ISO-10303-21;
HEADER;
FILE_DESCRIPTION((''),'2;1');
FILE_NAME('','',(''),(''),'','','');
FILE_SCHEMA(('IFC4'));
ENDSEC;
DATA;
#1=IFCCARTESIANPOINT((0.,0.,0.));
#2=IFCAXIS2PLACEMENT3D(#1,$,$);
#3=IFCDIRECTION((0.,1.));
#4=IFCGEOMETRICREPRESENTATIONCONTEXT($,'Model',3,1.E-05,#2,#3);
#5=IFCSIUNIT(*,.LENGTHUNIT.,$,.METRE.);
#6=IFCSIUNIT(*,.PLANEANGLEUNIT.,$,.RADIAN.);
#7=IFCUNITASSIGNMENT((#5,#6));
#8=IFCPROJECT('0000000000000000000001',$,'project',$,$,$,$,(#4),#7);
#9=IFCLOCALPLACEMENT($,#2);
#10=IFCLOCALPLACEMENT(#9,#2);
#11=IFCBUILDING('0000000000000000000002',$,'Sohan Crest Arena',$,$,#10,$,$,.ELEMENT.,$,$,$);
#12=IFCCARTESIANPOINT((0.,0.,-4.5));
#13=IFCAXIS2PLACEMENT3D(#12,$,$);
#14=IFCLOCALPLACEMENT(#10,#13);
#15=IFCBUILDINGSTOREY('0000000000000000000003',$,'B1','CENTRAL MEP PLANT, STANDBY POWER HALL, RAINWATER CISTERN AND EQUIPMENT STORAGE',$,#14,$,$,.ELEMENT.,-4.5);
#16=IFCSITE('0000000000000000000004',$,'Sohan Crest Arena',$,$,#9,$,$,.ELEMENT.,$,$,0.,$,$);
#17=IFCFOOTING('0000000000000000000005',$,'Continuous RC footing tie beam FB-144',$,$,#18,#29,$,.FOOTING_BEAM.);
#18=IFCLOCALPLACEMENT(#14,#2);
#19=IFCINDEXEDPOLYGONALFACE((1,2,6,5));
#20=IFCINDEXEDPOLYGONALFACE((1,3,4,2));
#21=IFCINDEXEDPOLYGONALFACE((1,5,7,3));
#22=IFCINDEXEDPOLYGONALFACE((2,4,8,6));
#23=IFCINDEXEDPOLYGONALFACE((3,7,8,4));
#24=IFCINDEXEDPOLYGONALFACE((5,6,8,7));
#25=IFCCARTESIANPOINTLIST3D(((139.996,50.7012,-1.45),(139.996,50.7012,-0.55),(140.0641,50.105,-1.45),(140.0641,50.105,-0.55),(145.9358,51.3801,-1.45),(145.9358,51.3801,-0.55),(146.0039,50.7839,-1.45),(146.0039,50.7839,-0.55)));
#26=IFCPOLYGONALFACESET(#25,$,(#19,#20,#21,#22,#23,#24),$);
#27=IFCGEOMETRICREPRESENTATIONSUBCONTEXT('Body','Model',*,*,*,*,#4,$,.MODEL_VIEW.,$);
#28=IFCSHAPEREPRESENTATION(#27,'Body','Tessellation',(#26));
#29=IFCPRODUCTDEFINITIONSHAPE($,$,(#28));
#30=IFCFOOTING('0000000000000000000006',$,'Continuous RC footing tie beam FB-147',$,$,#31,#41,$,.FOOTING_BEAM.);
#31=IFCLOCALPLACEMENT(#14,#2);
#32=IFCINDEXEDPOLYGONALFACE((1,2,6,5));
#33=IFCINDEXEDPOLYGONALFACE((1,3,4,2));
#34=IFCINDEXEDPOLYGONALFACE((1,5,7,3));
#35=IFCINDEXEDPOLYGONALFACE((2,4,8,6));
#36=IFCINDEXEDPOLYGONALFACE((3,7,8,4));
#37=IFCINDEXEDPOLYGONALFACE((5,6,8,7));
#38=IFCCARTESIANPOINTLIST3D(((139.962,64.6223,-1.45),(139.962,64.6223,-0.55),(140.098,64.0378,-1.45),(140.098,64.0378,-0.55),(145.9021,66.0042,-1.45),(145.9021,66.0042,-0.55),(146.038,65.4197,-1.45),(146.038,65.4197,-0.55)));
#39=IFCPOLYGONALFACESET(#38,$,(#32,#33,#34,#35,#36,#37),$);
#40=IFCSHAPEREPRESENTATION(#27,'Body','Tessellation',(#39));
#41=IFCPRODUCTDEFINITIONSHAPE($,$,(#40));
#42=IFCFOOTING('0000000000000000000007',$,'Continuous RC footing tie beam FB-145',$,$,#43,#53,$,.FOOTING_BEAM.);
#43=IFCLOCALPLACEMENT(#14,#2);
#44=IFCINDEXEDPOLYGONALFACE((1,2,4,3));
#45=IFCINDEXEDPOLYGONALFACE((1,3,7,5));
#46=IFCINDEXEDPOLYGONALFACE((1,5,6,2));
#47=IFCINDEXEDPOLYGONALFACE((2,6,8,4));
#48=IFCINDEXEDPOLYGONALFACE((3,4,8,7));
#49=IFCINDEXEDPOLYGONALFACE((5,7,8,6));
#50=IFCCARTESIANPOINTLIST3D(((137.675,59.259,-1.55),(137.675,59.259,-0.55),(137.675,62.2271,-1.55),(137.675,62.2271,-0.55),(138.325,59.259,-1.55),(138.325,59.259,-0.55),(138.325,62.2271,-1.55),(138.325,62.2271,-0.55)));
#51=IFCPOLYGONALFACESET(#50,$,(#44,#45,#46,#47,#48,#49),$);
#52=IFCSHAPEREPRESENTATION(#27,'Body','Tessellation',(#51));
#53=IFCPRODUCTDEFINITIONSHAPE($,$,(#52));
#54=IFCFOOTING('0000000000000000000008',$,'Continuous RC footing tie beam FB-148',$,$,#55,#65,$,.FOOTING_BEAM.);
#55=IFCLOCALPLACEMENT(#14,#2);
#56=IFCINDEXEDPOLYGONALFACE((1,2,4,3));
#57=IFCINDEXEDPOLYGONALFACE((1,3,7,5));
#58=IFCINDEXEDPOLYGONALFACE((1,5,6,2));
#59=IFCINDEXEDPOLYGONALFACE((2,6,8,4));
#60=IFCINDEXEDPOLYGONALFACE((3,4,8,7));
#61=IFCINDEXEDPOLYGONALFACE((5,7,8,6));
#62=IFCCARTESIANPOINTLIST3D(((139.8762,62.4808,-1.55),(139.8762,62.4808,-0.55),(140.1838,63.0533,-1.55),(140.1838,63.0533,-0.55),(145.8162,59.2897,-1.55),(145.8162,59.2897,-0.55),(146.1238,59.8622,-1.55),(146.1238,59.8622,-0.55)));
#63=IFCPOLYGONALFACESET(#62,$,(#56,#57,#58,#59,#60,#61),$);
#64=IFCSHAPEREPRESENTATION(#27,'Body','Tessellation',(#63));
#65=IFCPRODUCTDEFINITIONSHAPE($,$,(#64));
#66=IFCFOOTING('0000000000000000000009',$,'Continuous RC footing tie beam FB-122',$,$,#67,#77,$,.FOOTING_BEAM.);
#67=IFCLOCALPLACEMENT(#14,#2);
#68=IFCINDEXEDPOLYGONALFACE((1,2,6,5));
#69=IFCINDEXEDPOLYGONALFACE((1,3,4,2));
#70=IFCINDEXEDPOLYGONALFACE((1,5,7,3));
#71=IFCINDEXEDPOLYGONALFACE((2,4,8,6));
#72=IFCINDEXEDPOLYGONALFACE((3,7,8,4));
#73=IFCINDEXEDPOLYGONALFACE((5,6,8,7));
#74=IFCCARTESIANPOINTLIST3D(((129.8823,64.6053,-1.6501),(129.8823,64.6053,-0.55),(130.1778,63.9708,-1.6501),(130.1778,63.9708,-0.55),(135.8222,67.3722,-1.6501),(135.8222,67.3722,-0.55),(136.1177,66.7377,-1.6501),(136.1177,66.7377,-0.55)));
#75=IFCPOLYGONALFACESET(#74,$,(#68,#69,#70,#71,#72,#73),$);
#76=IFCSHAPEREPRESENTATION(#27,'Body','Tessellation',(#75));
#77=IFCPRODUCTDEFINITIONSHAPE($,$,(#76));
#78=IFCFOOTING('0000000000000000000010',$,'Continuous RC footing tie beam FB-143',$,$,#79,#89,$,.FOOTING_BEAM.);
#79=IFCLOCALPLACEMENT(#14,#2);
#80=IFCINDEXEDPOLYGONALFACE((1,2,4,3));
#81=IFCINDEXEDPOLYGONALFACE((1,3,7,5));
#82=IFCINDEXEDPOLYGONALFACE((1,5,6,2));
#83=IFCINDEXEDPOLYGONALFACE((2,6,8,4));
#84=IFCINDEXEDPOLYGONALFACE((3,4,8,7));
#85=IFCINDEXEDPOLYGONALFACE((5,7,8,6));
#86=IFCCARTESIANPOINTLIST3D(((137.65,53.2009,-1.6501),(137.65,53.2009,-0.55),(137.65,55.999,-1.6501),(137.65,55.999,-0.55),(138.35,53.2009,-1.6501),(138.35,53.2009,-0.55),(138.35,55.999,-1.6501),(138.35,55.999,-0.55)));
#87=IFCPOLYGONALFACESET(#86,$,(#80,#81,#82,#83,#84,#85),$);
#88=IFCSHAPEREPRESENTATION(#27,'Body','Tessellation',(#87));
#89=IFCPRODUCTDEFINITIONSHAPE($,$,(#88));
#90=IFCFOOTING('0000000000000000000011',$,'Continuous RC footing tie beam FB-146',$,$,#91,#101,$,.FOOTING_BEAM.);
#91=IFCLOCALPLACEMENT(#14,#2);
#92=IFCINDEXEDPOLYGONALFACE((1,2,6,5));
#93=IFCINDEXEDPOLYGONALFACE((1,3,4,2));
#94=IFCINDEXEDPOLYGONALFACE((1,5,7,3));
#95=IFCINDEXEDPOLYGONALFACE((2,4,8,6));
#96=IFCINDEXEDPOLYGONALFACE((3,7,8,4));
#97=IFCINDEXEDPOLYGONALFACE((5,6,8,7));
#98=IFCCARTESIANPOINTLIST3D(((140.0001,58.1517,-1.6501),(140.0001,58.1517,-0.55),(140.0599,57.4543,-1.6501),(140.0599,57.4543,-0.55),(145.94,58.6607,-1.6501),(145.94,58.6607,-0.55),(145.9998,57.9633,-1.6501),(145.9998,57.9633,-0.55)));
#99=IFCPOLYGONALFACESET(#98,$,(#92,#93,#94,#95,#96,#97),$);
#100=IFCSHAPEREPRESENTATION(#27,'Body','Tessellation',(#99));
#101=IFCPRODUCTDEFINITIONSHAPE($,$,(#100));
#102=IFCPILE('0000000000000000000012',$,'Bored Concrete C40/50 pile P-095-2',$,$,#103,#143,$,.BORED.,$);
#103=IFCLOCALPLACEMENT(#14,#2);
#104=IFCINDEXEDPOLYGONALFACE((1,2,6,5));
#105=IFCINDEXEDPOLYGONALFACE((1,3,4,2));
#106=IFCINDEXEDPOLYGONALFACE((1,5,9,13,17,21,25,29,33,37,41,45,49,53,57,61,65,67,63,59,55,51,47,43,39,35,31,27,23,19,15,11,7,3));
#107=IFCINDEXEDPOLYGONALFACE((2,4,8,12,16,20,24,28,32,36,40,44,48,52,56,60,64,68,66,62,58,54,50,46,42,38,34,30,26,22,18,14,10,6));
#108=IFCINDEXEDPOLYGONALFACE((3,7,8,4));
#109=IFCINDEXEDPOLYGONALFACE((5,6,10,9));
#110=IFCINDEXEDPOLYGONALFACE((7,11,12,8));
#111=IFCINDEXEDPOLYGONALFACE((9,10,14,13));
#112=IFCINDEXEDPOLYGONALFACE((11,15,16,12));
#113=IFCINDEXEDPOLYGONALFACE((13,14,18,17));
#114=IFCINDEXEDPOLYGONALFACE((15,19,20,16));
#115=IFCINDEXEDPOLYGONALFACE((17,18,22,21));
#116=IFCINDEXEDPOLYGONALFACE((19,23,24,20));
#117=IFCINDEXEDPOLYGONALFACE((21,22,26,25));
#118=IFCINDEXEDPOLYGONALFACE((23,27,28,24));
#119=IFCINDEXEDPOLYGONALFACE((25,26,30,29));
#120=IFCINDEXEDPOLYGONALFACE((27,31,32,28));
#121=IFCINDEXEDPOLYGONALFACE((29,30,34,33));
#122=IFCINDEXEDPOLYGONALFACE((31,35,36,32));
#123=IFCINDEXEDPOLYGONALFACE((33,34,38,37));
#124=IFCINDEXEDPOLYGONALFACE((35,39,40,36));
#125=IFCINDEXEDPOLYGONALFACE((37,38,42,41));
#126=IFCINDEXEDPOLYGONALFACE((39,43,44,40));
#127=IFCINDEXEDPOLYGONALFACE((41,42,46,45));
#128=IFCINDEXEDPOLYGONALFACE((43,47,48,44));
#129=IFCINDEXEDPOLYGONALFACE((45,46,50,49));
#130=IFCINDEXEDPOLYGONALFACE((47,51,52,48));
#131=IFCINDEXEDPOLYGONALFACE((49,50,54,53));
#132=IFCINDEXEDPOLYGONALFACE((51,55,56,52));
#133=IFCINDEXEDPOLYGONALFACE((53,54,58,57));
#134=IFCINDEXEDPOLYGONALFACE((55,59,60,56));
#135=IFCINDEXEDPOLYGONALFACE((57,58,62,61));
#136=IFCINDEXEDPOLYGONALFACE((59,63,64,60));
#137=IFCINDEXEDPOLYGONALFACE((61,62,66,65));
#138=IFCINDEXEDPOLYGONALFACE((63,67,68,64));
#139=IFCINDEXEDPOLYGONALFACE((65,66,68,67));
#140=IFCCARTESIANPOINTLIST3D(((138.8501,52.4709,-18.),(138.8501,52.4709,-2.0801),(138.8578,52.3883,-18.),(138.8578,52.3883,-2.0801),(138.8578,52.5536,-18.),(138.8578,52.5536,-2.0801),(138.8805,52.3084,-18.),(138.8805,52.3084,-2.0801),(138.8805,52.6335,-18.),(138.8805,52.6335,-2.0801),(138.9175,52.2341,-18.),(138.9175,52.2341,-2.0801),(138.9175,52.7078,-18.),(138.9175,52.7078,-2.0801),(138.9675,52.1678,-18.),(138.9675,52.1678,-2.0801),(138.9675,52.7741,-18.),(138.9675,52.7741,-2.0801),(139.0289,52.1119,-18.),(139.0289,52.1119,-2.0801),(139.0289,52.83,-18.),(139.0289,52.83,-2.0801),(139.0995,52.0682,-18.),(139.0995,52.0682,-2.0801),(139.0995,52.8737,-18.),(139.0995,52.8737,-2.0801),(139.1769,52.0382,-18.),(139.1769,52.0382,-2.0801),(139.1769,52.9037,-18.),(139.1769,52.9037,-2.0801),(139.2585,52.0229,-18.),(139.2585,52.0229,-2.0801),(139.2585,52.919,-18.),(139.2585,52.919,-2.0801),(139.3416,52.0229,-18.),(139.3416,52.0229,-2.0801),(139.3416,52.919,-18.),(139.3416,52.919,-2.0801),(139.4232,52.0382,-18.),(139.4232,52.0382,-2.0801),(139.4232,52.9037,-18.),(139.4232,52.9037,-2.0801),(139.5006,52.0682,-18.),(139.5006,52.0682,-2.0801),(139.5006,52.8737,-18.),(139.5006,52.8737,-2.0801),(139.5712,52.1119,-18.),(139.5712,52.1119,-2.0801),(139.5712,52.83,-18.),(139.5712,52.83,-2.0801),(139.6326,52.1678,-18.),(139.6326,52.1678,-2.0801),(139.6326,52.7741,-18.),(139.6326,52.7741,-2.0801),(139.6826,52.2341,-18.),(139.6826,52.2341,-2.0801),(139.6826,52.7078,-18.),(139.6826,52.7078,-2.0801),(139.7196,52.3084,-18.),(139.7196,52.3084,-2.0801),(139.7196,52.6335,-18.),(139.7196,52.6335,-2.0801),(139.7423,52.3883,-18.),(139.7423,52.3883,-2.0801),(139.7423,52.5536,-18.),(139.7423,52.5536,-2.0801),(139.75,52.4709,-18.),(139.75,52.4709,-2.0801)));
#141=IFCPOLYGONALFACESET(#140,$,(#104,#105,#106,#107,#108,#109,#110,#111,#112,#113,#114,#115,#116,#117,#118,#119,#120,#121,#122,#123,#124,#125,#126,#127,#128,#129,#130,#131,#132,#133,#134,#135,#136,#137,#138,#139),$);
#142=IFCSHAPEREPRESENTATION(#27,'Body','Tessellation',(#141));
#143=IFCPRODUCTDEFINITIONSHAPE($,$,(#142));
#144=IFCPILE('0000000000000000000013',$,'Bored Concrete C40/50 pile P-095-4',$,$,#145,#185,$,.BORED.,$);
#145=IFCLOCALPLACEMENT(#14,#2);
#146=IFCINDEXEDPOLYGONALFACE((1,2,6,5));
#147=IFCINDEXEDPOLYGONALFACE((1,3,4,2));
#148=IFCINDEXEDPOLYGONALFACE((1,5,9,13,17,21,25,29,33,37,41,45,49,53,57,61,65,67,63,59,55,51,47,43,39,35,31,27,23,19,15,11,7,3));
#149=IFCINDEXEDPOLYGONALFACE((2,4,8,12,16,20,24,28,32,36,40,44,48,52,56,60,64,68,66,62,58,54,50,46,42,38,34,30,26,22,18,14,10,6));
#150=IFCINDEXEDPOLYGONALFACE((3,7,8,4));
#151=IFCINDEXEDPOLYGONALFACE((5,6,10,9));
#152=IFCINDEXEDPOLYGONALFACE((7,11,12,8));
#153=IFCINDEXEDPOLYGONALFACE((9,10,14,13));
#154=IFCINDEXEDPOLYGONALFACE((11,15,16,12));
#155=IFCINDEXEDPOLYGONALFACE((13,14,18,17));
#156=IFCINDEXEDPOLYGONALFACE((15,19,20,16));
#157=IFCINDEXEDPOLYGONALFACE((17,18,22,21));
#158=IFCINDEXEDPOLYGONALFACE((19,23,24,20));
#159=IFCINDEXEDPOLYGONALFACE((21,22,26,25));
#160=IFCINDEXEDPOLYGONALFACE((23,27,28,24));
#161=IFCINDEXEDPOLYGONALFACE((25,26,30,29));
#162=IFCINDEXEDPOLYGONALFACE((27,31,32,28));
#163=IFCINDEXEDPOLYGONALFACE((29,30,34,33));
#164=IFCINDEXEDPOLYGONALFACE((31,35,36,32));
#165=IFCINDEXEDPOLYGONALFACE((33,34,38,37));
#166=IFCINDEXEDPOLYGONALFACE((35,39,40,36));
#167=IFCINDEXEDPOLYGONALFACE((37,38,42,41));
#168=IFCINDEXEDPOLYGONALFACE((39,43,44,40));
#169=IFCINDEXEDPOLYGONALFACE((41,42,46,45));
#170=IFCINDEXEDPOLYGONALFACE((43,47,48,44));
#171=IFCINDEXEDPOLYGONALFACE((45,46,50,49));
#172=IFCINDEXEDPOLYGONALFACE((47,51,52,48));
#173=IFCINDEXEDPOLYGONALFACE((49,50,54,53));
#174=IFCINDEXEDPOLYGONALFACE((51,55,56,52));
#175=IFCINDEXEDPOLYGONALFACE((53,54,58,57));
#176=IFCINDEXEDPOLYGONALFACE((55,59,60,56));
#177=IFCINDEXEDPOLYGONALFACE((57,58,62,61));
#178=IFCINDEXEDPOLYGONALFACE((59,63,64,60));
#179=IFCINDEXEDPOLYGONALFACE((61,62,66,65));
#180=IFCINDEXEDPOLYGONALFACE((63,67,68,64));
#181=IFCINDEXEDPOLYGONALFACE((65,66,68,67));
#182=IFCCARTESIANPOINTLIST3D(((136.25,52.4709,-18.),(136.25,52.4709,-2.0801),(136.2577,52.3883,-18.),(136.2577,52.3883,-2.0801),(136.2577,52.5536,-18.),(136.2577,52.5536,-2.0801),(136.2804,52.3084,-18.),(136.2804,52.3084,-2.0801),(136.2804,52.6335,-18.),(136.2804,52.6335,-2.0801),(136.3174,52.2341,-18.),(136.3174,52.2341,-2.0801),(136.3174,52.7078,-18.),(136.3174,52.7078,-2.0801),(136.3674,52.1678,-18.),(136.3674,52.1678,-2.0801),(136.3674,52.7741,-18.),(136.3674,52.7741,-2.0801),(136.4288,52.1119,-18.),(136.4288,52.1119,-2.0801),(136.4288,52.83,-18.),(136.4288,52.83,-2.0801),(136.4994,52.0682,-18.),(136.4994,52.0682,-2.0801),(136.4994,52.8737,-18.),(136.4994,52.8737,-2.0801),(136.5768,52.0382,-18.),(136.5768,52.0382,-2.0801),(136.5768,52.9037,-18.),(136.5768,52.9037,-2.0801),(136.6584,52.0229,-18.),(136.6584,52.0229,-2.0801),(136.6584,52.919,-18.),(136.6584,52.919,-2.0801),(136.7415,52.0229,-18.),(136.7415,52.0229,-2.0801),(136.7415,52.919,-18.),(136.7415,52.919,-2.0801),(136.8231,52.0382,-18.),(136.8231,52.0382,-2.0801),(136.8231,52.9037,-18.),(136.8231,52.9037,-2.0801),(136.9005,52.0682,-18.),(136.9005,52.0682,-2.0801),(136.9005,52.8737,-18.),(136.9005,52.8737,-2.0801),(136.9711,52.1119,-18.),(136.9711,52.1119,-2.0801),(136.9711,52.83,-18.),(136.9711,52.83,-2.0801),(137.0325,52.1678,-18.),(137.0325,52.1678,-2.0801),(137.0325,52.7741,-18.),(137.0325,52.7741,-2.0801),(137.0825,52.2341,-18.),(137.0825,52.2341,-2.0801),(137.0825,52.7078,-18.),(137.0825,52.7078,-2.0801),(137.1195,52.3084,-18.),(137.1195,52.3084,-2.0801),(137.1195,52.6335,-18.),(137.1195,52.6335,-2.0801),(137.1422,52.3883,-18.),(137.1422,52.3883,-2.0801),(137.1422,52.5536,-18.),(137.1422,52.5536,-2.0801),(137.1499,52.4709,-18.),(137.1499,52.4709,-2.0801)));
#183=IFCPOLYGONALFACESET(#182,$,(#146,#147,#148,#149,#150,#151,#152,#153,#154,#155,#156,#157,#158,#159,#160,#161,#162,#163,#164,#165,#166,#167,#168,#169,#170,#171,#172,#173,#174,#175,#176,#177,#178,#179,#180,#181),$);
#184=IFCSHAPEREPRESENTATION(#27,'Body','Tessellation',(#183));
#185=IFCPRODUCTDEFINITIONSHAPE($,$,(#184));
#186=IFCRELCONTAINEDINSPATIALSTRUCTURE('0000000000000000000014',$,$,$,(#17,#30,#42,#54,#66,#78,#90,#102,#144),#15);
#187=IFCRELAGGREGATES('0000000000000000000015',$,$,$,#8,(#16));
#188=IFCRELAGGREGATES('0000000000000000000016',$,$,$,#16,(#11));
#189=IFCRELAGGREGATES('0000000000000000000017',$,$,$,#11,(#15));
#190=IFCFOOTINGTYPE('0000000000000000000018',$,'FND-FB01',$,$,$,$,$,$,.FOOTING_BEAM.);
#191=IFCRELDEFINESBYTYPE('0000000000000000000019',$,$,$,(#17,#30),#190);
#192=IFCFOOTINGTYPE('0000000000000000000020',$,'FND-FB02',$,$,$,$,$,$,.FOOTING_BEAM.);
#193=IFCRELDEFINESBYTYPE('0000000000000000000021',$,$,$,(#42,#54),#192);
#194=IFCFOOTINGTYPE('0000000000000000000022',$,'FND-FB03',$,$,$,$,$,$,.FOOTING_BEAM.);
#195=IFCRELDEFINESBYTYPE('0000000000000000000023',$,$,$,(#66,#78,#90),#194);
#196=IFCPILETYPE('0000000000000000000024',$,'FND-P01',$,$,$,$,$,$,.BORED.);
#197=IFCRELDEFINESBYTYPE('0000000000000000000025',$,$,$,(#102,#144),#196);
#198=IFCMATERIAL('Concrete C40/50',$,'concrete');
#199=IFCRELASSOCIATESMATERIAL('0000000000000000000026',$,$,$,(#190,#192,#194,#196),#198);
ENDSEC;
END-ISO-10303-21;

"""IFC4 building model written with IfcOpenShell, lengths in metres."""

from ifc_helpers import new_model, si_unit, direction, frame, origin, origin_2d, place, context, subcontext, project, spatial, rectangle, circle, extrude, material, material_profile, profile_set, type_object, element, save


model = new_model("IFC4")

# Units and contexts
model_context = context("Model", 3, precision=1e-05, world=origin(), true_north=direction((0.0, 1.0)))
body_context = subcontext(model_context, "Body", "Model", "MODEL_VIEW")
ifc_project = project(units=[si_unit("LENGTHUNIT", "METRE"), si_unit("PLANEANGLEUNIT", "RADIAN")], contexts=[model_context])

# Site, building, storey
site_placement = place(None, origin())
site = spatial("IfcSite", under=ifc_project, at=site_placement, Name="Sohan Crest Arena", CompositionType="ELEMENT", RefElevation=0.0)
building_placement = place(site_placement, origin())
building = spatial("IfcBuilding", under=site, at=building_placement, Name="Sohan Crest Arena", CompositionType="ELEMENT")
storey_placement = place(building_placement, frame((0.0, 0.0, -4.5)))
storey = spatial("IfcBuildingStorey", under=building, at=storey_placement, Name="B1", Description="CENTRAL MEP PLANT, STANDBY POWER HALL, RAINWATER CISTERN AND EQUIPMENT STORAGE", CompositionType="ELEMENT", Elevation=-4.5)

# Footings
ifc_material_1 = material(Name="Concrete C40/50", Category="concrete")
ifc_material_profile_1 = material_profile(ifc_material_1, rectangle(XDim=0.6001, YDim=0.8999, at=origin_2d()), Name="RC-FB 600x900")
ifc_profile_set_1 = profile_set([ifc_material_profile_1], Name="Concrete C40/50")
footing_type_1 = type_object("IfcFootingType", Name="FND-FB01", PredefinedType="FOOTING_BEAM", material=ifc_profile_set_1)
footing_1_placement = place(storey_placement, frame((140.03, 50.4031, -1.0), z_axis=(0.993531, 0.113564, 0.0), x_axis=(-0.113564, 0.993531, 0.0)))
element("IfcFooting", 1, at=footing_1_placement, inside=storey, type_object=footing_type_1, Name="Continuous RC footing tie beam FB-144", PredefinedType="FOOTING_BEAM", context=body_context, shape_type="SweptSolid", body=[
    extrude(rectangle(XDim=0.6001, YDim=0.8999, at=origin_2d()), origin(), (0.0, 0.0, 1.0), 5.9785),
])
footing_2_placement = place(storey_placement, frame((140.03, 64.3301, -1.0), z_axis=(0.973992, 0.226584, 0.0), x_axis=(-0.226584, 0.973992, 0.0)))
element("IfcFooting", 2, at=footing_2_placement, inside=storey, type_object=footing_type_1, Name="Continuous RC footing tie beam FB-147", PredefinedType="FOOTING_BEAM", context=body_context, shape_type="SweptSolid", body=[
    extrude(rectangle(XDim=0.6001, YDim=0.8999, at=origin_2d()), origin(), (0.0, 0.0, 1.0), 6.0986),
])
ifc_material_profile_2 = material_profile(ifc_material_1, rectangle(XDim=0.6499, YDim=1.0, at=origin_2d()), Name="RC-FB 650x1000")
ifc_profile_set_2 = profile_set([ifc_material_profile_2], Name="Concrete C40/50")
footing_type_2 = type_object("IfcFootingType", Name="FND-FB02", PredefinedType="FOOTING_BEAM", material=ifc_profile_set_2)
footing_3_placement = place(storey_placement, frame((138.0, 59.259, -1.05), z_axis=(0.0, 1.0, 0.0), x_axis=(-1.0, 0.0, 0.0)))
element("IfcFooting", 3, at=footing_3_placement, inside=storey, type_object=footing_type_2, Name="Continuous RC footing tie beam FB-145", PredefinedType="FOOTING_BEAM", context=body_context, shape_type="SweptSolid", body=[
    extrude(rectangle(XDim=0.6499, YDim=1.0, at=origin_2d()), origin(), (0.0, 0.0, 1.0), 2.968),
])
footing_4_placement = place(storey_placement, frame((140.03, 62.7671, -1.05), z_axis=(0.880921, -0.473264, 0.0), x_axis=(0.473264, 0.880921, 0.0)))
element("IfcFooting", 4, at=footing_4_placement, inside=storey, type_object=footing_type_2, Name="Continuous RC footing tie beam FB-148", PredefinedType="FOOTING_BEAM", context=body_context, shape_type="SweptSolid", body=[
    extrude(rectangle(XDim=0.6499, YDim=1.0, at=origin_2d()), origin(), (0.0, 0.0, 1.0), 6.7429),
])
ifc_material_profile_3 = material_profile(ifc_material_1, rectangle(XDim=0.7, YDim=1.1001, at=origin_2d()), Name="RC-FB 700x1100")
ifc_profile_set_3 = profile_set([ifc_material_profile_3], Name="Concrete C40/50")
footing_type_3 = type_object("IfcFootingType", Name="FND-FB03", PredefinedType="FOOTING_BEAM", material=ifc_profile_set_3)
footing_5_placement = place(storey_placement, frame((130.03, 64.2881, -1.1001), z_axis=(0.906483, 0.422243, 0.0), x_axis=(-0.422243, 0.906483, 0.0)))
element("IfcFooting", 5, at=footing_5_placement, inside=storey, type_object=footing_type_3, Name="Continuous RC footing tie beam FB-122", PredefinedType="FOOTING_BEAM", context=body_context, shape_type="SweptSolid", body=[
    extrude(rectangle(XDim=0.7, YDim=1.1001, at=origin_2d()), origin(), (0.0, 0.0, 1.0), 6.5527),
])
footing_6_placement = place(storey_placement, frame((138.0, 53.2009, -1.1001), z_axis=(0.0, 1.0, 0.0), x_axis=(-1.0, 0.0, 0.0)))
element("IfcFooting", 6, at=footing_6_placement, inside=storey, type_object=footing_type_3, Name="Continuous RC footing tie beam FB-143", PredefinedType="FOOTING_BEAM", context=body_context, shape_type="SweptSolid", body=[
    extrude(rectangle(XDim=0.7, YDim=1.1001, at=origin_2d()), origin(), (0.0, 0.0, 1.0), 2.7981),
])
footing_7_placement = place(storey_placement, frame((140.03, 57.803, -1.1001), z_axis=(0.996348, 0.085384, 0.0), x_axis=(-0.085384, 0.996348, 0.0)))
element("IfcFooting", 7, at=footing_7_placement, inside=storey, type_object=footing_type_3, Name="Continuous RC footing tie beam FB-146", PredefinedType="FOOTING_BEAM", context=body_context, shape_type="SweptSolid", body=[
    extrude(rectangle(XDim=0.7, YDim=1.1001, at=origin_2d()), origin(), (0.0, 0.0, 1.0), 5.9617),
])

# Piles
ifc_material_profile_4 = material_profile(ifc_material_1, circle(Radius=0.45, at=origin_2d()), Name="PILE D900")
ifc_profile_set_4 = profile_set([ifc_material_profile_4], Name="Concrete C40/50")
pile_type_1 = type_object("IfcPileType", Name="FND-P01", PredefinedType="BORED", material=ifc_profile_set_4)
for number, where, z_axis, x_axis, name in (
    (8, (139.3, 52.4709, -18.0), (0.0, 0.0, 1.0), (1.0, 0.0, 0.0), "Bored Concrete C40/50 pile P-095-2"),
    (9, (136.7, 52.4709, -18.0), (0.0, 0.0, 1.0), (1.0, 0.0, 0.0), "Bored Concrete C40/50 pile P-095-4"),
):
    element("IfcPile", number, at=place(storey_placement, frame(where, z_axis=z_axis, x_axis=x_axis)), inside=storey, type_object=pile_type_1, Name=name, PredefinedType="BORED", context=body_context, shape_type="SweptSolid", body=[
        extrude(circle(Radius=0.45, at=origin_2d()), origin(), (0.0, 0.0, 1.0), 15.9199),
    ])

save(model, "model.ifc")
